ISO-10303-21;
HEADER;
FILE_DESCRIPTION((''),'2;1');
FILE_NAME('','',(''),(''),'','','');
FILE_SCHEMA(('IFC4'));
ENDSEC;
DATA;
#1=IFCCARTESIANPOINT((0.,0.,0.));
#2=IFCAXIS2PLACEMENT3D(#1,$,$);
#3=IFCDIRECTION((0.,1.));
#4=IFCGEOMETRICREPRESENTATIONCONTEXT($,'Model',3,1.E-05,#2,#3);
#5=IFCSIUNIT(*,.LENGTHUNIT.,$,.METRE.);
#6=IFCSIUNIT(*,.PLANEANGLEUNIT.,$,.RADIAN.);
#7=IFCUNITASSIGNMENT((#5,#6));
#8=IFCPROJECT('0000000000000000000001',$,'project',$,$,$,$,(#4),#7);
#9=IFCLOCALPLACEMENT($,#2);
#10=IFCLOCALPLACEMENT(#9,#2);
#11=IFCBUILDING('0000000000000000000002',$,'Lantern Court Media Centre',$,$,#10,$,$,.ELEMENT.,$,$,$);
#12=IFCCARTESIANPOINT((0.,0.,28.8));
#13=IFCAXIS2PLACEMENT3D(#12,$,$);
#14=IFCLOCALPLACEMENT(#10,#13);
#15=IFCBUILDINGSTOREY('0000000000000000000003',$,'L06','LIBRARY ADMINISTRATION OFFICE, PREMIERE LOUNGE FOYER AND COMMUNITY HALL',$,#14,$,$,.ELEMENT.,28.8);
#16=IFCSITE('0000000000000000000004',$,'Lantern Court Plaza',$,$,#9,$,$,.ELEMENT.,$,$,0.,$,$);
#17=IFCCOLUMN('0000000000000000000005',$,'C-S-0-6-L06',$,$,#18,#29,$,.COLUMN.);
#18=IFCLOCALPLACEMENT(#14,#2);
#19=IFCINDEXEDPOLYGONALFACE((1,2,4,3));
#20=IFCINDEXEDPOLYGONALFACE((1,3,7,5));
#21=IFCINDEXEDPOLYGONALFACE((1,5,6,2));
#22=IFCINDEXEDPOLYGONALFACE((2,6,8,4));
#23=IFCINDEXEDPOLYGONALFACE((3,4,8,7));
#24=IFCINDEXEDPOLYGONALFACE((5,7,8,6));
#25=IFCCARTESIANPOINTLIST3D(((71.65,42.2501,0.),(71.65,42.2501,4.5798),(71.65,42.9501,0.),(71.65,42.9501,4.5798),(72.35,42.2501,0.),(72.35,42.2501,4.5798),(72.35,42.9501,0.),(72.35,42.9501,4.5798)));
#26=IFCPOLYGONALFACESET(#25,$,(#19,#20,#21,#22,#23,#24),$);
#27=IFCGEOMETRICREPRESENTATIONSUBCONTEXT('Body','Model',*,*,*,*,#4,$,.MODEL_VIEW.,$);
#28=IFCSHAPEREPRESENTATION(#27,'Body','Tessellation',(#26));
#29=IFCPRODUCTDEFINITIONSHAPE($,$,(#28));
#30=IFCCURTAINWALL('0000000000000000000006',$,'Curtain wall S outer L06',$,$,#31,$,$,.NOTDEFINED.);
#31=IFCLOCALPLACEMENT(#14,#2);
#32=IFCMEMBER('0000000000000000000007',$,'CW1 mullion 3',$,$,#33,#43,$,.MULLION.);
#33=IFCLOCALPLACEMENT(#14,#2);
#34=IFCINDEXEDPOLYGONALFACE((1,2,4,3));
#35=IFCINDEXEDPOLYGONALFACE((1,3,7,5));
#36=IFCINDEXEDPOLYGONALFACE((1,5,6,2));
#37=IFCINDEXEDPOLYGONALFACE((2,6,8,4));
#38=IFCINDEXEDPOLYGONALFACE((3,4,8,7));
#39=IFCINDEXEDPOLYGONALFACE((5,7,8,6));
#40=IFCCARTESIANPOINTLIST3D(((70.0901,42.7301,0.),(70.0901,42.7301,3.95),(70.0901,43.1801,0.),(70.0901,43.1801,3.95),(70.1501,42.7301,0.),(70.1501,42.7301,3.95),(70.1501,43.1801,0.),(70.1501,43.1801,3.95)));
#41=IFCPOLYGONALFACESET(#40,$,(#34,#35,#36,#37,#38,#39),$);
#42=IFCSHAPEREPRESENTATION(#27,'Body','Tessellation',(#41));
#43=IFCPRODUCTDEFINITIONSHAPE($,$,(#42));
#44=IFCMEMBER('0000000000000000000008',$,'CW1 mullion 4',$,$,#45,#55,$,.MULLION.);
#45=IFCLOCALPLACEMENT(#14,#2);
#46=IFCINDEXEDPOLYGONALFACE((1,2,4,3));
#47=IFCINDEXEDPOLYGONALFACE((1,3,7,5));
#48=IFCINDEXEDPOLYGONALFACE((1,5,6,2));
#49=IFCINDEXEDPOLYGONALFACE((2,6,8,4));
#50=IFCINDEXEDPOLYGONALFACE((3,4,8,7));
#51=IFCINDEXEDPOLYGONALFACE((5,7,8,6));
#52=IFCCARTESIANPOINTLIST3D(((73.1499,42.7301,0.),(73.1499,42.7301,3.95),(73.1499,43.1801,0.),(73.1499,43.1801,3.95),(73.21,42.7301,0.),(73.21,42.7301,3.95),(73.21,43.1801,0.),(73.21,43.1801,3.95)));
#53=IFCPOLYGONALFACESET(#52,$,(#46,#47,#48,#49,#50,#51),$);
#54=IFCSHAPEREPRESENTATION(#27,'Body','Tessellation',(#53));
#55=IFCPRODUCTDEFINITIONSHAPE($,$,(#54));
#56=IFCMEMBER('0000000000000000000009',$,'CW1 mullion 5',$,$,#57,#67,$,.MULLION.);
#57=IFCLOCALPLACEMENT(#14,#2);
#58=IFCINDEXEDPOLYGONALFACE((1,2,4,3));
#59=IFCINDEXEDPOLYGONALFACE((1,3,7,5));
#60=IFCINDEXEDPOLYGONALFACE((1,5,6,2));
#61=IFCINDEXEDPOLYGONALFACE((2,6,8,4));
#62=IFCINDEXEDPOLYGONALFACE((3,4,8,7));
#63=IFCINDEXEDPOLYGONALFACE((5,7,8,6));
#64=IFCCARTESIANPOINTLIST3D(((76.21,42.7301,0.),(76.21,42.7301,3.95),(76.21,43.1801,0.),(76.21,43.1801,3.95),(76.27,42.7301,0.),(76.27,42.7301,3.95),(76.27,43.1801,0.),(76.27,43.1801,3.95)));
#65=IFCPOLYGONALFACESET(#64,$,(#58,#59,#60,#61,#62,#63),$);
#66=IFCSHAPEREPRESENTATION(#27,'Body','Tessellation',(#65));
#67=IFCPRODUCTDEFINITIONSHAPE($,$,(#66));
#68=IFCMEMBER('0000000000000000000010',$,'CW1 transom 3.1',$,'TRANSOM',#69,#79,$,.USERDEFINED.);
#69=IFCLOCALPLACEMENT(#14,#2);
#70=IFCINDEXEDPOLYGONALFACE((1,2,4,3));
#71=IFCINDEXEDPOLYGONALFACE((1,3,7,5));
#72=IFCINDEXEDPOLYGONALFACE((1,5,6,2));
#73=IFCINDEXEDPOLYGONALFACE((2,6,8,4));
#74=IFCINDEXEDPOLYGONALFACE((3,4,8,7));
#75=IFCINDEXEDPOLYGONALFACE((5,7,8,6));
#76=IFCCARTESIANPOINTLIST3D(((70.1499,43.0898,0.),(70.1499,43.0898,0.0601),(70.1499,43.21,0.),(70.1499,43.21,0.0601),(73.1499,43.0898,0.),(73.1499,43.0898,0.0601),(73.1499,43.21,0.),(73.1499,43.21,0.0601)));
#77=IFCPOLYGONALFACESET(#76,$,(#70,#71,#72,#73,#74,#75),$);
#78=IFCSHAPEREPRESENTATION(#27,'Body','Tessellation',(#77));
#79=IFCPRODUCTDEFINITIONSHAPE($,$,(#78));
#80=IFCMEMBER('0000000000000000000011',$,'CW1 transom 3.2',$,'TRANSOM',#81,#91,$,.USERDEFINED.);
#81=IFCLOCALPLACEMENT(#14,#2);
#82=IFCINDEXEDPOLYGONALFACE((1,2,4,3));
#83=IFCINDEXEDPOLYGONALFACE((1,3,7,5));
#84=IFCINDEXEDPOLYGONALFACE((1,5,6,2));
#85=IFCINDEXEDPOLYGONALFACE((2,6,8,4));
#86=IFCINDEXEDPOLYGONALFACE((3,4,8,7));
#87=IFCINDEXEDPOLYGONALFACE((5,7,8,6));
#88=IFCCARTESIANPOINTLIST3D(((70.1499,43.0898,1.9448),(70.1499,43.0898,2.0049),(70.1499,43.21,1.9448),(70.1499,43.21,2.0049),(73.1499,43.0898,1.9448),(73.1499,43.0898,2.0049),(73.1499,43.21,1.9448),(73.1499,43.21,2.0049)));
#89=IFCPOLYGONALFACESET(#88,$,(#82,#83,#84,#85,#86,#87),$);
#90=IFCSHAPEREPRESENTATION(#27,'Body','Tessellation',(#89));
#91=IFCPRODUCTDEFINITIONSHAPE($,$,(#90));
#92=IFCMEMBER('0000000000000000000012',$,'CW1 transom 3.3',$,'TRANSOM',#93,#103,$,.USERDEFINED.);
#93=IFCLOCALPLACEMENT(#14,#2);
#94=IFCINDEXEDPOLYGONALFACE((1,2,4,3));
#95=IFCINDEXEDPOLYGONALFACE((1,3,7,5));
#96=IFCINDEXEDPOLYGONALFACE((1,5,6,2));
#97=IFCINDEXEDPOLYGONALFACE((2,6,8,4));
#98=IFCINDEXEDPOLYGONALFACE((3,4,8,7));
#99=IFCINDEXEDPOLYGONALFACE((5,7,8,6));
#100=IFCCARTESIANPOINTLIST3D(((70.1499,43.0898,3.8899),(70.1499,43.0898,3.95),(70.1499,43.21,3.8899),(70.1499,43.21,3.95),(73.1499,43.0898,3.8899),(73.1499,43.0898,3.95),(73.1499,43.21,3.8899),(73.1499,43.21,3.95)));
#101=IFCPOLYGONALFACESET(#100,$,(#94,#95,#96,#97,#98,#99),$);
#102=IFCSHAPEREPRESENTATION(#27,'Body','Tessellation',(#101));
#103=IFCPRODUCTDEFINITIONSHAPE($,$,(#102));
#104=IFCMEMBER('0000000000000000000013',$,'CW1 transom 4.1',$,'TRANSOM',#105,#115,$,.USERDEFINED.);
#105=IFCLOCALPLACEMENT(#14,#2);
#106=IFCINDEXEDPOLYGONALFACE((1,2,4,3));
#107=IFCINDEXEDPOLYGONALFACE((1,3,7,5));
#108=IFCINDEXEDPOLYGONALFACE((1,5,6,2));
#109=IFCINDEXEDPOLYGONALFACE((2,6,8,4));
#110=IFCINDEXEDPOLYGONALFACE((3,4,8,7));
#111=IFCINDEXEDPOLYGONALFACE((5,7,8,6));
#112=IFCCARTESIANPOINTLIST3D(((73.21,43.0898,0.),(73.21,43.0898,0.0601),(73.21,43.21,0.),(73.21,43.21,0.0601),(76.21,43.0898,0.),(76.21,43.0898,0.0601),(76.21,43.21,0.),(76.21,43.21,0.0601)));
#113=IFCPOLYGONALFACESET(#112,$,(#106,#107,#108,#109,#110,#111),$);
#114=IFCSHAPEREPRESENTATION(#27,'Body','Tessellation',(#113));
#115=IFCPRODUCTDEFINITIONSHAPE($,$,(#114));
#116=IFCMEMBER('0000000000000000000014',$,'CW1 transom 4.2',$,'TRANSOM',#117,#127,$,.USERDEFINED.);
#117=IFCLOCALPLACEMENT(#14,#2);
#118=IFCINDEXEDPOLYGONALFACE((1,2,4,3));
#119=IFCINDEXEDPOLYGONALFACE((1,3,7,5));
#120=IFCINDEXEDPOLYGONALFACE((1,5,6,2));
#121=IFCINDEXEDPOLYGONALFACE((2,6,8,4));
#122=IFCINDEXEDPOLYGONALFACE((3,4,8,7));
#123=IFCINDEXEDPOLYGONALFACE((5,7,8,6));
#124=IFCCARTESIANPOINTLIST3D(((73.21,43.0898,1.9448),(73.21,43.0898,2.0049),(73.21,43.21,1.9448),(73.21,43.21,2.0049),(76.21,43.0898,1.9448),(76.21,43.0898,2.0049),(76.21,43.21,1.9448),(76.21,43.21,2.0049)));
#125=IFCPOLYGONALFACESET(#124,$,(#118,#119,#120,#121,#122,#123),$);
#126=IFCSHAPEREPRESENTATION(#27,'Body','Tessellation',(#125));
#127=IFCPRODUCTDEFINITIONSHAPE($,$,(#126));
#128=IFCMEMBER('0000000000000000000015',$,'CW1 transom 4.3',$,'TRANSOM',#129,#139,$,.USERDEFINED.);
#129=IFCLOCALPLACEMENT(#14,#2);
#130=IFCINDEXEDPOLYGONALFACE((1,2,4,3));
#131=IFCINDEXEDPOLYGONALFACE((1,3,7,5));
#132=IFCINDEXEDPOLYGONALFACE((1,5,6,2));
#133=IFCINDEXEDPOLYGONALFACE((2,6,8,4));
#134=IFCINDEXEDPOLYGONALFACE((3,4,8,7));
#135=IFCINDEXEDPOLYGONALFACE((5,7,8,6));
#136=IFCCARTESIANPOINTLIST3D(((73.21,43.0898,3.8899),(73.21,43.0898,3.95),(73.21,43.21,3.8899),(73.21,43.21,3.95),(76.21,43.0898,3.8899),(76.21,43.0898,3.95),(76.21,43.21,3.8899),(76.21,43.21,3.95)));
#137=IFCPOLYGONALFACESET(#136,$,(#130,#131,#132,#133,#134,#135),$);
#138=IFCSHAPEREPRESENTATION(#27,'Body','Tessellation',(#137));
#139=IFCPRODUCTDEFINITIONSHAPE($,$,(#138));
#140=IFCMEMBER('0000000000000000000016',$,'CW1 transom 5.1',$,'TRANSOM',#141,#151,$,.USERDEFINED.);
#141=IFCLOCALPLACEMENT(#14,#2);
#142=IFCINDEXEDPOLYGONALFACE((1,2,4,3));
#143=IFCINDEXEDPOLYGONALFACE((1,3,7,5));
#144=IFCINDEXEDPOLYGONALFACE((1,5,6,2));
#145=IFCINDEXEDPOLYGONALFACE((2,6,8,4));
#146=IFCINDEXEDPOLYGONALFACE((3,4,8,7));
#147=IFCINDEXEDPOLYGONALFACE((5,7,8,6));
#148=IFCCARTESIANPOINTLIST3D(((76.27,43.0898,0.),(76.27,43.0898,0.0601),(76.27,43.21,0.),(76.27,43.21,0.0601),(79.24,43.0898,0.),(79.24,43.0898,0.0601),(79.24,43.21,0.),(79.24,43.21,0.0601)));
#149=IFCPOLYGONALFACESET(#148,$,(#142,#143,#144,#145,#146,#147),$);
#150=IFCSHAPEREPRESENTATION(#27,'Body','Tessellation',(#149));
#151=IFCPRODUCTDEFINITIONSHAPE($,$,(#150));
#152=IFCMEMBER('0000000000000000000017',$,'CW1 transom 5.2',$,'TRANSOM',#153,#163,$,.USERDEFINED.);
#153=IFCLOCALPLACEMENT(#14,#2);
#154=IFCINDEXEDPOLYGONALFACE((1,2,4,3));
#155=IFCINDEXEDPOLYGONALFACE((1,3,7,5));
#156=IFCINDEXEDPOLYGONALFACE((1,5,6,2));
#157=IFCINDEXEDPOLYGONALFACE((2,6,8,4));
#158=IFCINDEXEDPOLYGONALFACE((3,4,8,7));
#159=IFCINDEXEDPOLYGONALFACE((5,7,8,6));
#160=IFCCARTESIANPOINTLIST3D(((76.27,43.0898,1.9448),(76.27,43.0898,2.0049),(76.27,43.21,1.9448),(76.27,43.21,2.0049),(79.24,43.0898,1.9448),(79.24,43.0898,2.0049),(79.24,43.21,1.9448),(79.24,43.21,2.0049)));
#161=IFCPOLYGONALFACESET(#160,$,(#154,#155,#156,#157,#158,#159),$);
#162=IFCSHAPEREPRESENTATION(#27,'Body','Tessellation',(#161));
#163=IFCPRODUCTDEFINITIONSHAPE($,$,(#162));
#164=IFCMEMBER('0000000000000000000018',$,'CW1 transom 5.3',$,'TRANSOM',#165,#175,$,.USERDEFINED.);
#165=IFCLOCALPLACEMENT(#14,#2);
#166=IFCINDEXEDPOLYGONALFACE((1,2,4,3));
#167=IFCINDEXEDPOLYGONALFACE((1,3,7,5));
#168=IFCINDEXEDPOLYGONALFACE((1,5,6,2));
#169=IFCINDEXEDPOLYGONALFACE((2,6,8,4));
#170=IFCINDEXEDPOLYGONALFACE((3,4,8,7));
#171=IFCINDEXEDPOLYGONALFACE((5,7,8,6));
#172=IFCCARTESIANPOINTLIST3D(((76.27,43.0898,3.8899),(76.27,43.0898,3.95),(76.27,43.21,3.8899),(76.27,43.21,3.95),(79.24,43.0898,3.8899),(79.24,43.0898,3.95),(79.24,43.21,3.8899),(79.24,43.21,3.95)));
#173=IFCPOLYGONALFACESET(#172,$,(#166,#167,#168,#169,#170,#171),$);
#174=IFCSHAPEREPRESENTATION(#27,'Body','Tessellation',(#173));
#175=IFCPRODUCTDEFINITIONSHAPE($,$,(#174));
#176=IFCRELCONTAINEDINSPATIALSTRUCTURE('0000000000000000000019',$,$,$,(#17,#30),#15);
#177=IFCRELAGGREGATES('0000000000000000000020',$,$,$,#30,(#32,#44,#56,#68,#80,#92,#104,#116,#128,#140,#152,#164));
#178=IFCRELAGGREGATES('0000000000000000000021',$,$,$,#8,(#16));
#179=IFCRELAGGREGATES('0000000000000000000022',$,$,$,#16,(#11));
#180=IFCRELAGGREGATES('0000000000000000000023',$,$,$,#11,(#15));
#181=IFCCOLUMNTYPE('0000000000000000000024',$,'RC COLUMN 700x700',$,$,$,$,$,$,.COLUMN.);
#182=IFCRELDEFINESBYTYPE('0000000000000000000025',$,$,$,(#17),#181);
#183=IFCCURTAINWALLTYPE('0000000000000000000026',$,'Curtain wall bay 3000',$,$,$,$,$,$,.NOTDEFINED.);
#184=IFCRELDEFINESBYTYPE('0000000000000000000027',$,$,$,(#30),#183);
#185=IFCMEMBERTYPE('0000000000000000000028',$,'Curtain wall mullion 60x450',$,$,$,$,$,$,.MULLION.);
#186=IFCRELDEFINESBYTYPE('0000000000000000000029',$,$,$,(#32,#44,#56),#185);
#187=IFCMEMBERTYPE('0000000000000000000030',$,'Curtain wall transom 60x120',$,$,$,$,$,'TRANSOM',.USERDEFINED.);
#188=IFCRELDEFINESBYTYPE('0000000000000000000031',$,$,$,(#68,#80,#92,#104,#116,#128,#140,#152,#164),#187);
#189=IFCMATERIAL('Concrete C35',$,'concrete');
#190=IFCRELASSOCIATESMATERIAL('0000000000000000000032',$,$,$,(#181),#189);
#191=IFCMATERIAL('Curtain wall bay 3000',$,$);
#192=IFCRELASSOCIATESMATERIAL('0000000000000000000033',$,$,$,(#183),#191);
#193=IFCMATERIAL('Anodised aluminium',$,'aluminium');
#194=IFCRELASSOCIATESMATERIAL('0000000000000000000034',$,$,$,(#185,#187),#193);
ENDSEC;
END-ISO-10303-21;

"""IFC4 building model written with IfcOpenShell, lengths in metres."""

from ifc_helpers import new_model, si_unit, direction, frame, origin, origin_2d, place, context, subcontext, project, spatial, rectangle, extrude, material, material_profile, profile_set, type_object, element, aggregate, save


model = new_model("IFC4")

# Units and contexts
model_context = context("Model", 3, precision=1e-05, world=origin(), true_north=direction((0.0, 1.0)))
body_context = subcontext(model_context, "Body", "Model", "MODEL_VIEW")
ifc_project = project(units=[si_unit("LENGTHUNIT", "METRE"), si_unit("PLANEANGLEUNIT", "RADIAN")], contexts=[model_context])

# Site, building, storey
site_placement = place(None, origin())
site = spatial("IfcSite", under=ifc_project, at=site_placement, Name="Lantern Court Plaza", CompositionType="ELEMENT", RefElevation=0.0)
building_placement = place(site_placement, origin())
building = spatial("IfcBuilding", under=site, at=building_placement, Name="Lantern Court Media Centre", CompositionType="ELEMENT")
storey_placement = place(building_placement, frame((0.0, 0.0, 28.8)))
storey = spatial("IfcBuildingStorey", under=building, at=storey_placement, Name="L06", Description="LIBRARY ADMINISTRATION OFFICE, PREMIERE LOUNGE FOYER AND COMMUNITY HALL", CompositionType="ELEMENT", Elevation=28.8)

# Column
ifc_material_1 = material(Name="Concrete C35", Category="concrete")
ifc_material_profile_1 = material_profile(ifc_material_1, rectangle(XDim=0.7, YDim=0.7, at=origin_2d()), Name="RC 700x700")
ifc_profile_set_1 = profile_set([ifc_material_profile_1], Name="Concrete C35")
column_type = type_object("IfcColumnType", Name="RC COLUMN 700x700", PredefinedType="COLUMN", material=ifc_profile_set_1)
column_placement = place(storey_placement, frame((72.0, 42.6001, 0.0), z_axis=(0.0, 0.0, 1.0), x_axis=(1.0, 0.0, 0.0)))
element("IfcColumn", 1, at=column_placement, inside=storey, type_object=column_type, Name="C-S-0-6-L06", PredefinedType="COLUMN", context=body_context, shape_type="SweptSolid", body=[
    extrude(rectangle(XDim=0.7, YDim=0.7, at=origin_2d()), origin(), (0.0, 0.0, 1.0), 4.5798),
])

# Curtain wall, members
ifc_material_2 = material(Name="Curtain wall bay 3000")
curtain_wall_type = type_object("IfcCurtainWallType", Name="Curtain wall bay 3000", PredefinedType="NOTDEFINED", material=ifc_material_2)
curtain_wall_placement = place(storey_placement, origin())
curtain_wall = element("IfcCurtainWall", 2, at=curtain_wall_placement, inside=storey, type_object=curtain_wall_type, Name="Curtain wall S outer L06", PredefinedType="NOTDEFINED")
ifc_material_3 = material(Name="Anodised aluminium", Category="aluminium")
ifc_material_profile_2 = material_profile(ifc_material_3, rectangle(XDim=0.45, YDim=0.0601, at=origin_2d()), Name="AL 60x450")
ifc_profile_set_2 = profile_set([ifc_material_profile_2], Name="Anodised aluminium")
member_type_1 = type_object("IfcMemberType", Name="Curtain wall mullion 60x450", PredefinedType="MULLION", material=ifc_profile_set_2)
member_1_placement = place(storey_placement, frame((70.1201, 42.9551, 0.0), z_axis=(0.0, 0.0, 1.0), x_axis=(0.0, 1.0, 0.0)))
member_1 = element("IfcMember", 3, at=member_1_placement, type_object=member_type_1, Name="CW1 mullion 3", PredefinedType="MULLION", context=body_context, shape_type="SweptSolid", body=[
    extrude(rectangle(XDim=0.45, YDim=0.0601, at=origin_2d()), origin(), (0.0, 0.0, 1.0), 3.95),
])
member_2_placement = place(storey_placement, frame((73.1799, 42.9551, 0.0), z_axis=(0.0, 0.0, 1.0), x_axis=(0.0, 1.0, 0.0)))
member_2 = element("IfcMember", 4, at=member_2_placement, type_object=member_type_1, Name="CW1 mullion 4", PredefinedType="MULLION", context=body_context, shape_type="SweptSolid", body=[
    extrude(rectangle(XDim=0.45, YDim=0.0601, at=origin_2d()), origin(), (0.0, 0.0, 1.0), 3.95),
])
member_3_placement = place(storey_placement, frame((76.24, 42.9551, 0.0), z_axis=(0.0, 0.0, 1.0), x_axis=(0.0, 1.0, 0.0)))
member_3 = element("IfcMember", 5, at=member_3_placement, type_object=member_type_1, Name="CW1 mullion 5", PredefinedType="MULLION", context=body_context, shape_type="SweptSolid", body=[
    extrude(rectangle(XDim=0.45, YDim=0.0601, at=origin_2d()), origin(), (0.0, 0.0, 1.0), 3.95),
])
ifc_material_profile_3 = material_profile(ifc_material_3, rectangle(XDim=0.1201, YDim=0.0601, at=origin_2d()), Name="AL 60x120")
ifc_profile_set_3 = profile_set([ifc_material_profile_3], Name="Anodised aluminium")
member_type_2 = type_object("IfcMemberType", Name="Curtain wall transom 60x120", ElementType="TRANSOM", PredefinedType="USERDEFINED", material=ifc_profile_set_3)
member_4_placement = place(storey_placement, frame((70.1499, 43.1499, 0.03), z_axis=(1.0, 0.0, 0.0), x_axis=(0.0, 1.0, 0.0)))
member_4 = element("IfcMember", 6, at=member_4_placement, type_object=member_type_2, Name="CW1 transom 3.1", ObjectType="TRANSOM", PredefinedType="USERDEFINED", context=body_context, shape_type="SweptSolid", body=[
    extrude(rectangle(XDim=0.1201, YDim=0.0601, at=origin_2d()), origin(), (0.0, 0.0, 1.0), 3.0),
])
member_5_placement = place(storey_placement, frame((70.1499, 43.1499, 1.9749), z_axis=(1.0, 0.0, 0.0), x_axis=(0.0, 1.0, 0.0)))
member_5 = element("IfcMember", 7, at=member_5_placement, type_object=member_type_2, Name="CW1 transom 3.2", ObjectType="TRANSOM", PredefinedType="USERDEFINED", context=body_context, shape_type="SweptSolid", body=[
    extrude(rectangle(XDim=0.1201, YDim=0.0601, at=origin_2d()), origin(), (0.0, 0.0, 1.0), 3.0),
])
member_6_placement = place(storey_placement, frame((70.1499, 43.1499, 3.9199), z_axis=(1.0, 0.0, 0.0), x_axis=(0.0, 1.0, 0.0)))
member_6 = element("IfcMember", 8, at=member_6_placement, type_object=member_type_2, Name="CW1 transom 3.3", ObjectType="TRANSOM", PredefinedType="USERDEFINED", context=body_context, shape_type="SweptSolid", body=[
    extrude(rectangle(XDim=0.1201, YDim=0.0601, at=origin_2d()), origin(), (0.0, 0.0, 1.0), 3.0),
])
member_7_placement = place(storey_placement, frame((73.21, 43.1499, 0.03), z_axis=(1.0, 0.0, 0.0), x_axis=(0.0, 1.0, 0.0)))
member_7 = element("IfcMember", 9, at=member_7_placement, type_object=member_type_2, Name="CW1 transom 4.1", ObjectType="TRANSOM", PredefinedType="USERDEFINED", context=body_context, shape_type="SweptSolid", body=[
    extrude(rectangle(XDim=0.1201, YDim=0.0601, at=origin_2d()), origin(), (0.0, 0.0, 1.0), 3.0),
])
member_8_placement = place(storey_placement, frame((73.21, 43.1499, 1.9749), z_axis=(1.0, 0.0, 0.0), x_axis=(0.0, 1.0, 0.0)))
member_8 = element("IfcMember", 10, at=member_8_placement, type_object=member_type_2, Name="CW1 transom 4.2", ObjectType="TRANSOM", PredefinedType="USERDEFINED", context=body_context, shape_type="SweptSolid", body=[
    extrude(rectangle(XDim=0.1201, YDim=0.0601, at=origin_2d()), origin(), (0.0, 0.0, 1.0), 3.0),
])
member_9_placement = place(storey_placement, frame((73.21, 43.1499, 3.9199), z_axis=(1.0, 0.0, 0.0), x_axis=(0.0, 1.0, 0.0)))
member_9 = element("IfcMember", 11, at=member_9_placement, type_object=member_type_2, Name="CW1 transom 4.3", ObjectType="TRANSOM", PredefinedType="USERDEFINED", context=body_context, shape_type="SweptSolid", body=[
    extrude(rectangle(XDim=0.1201, YDim=0.0601, at=origin_2d()), origin(), (0.0, 0.0, 1.0), 3.0),
])
member_10_placement = place(storey_placement, frame((76.27, 43.1499, 0.03), z_axis=(1.0, 0.0, 0.0), x_axis=(0.0, 1.0, 0.0)))
member_10 = element("IfcMember", 12, at=member_10_placement, type_object=member_type_2, Name="CW1 transom 5.1", ObjectType="TRANSOM", PredefinedType="USERDEFINED", context=body_context, shape_type="SweptSolid", body=[
    extrude(rectangle(XDim=0.1201, YDim=0.0601, at=origin_2d()), origin(), (0.0, 0.0, 1.0), 2.97),
])
member_11_placement = place(storey_placement, frame((76.27, 43.1499, 1.9749), z_axis=(1.0, 0.0, 0.0), x_axis=(0.0, 1.0, 0.0)))
member_11 = element("IfcMember", 13, at=member_11_placement, type_object=member_type_2, Name="CW1 transom 5.2", ObjectType="TRANSOM", PredefinedType="USERDEFINED", context=body_context, shape_type="SweptSolid", body=[
    extrude(rectangle(XDim=0.1201, YDim=0.0601, at=origin_2d()), origin(), (0.0, 0.0, 1.0), 2.97),
])
member_12_placement = place(storey_placement, frame((76.27, 43.1499, 3.9199), z_axis=(1.0, 0.0, 0.0), x_axis=(0.0, 1.0, 0.0)))
member_12 = element("IfcMember", 14, at=member_12_placement, type_object=member_type_2, Name="CW1 transom 5.3", ObjectType="TRANSOM", PredefinedType="USERDEFINED", context=body_context, shape_type="SweptSolid", body=[
    extrude(rectangle(XDim=0.1201, YDim=0.0601, at=origin_2d()), origin(), (0.0, 0.0, 1.0), 2.97),
])

aggregate(curtain_wall, [member_1, member_2, member_3, member_4, member_5, member_6, member_7, member_8, member_9, member_10, member_11, member_12])

save(model, "model.ifc")
